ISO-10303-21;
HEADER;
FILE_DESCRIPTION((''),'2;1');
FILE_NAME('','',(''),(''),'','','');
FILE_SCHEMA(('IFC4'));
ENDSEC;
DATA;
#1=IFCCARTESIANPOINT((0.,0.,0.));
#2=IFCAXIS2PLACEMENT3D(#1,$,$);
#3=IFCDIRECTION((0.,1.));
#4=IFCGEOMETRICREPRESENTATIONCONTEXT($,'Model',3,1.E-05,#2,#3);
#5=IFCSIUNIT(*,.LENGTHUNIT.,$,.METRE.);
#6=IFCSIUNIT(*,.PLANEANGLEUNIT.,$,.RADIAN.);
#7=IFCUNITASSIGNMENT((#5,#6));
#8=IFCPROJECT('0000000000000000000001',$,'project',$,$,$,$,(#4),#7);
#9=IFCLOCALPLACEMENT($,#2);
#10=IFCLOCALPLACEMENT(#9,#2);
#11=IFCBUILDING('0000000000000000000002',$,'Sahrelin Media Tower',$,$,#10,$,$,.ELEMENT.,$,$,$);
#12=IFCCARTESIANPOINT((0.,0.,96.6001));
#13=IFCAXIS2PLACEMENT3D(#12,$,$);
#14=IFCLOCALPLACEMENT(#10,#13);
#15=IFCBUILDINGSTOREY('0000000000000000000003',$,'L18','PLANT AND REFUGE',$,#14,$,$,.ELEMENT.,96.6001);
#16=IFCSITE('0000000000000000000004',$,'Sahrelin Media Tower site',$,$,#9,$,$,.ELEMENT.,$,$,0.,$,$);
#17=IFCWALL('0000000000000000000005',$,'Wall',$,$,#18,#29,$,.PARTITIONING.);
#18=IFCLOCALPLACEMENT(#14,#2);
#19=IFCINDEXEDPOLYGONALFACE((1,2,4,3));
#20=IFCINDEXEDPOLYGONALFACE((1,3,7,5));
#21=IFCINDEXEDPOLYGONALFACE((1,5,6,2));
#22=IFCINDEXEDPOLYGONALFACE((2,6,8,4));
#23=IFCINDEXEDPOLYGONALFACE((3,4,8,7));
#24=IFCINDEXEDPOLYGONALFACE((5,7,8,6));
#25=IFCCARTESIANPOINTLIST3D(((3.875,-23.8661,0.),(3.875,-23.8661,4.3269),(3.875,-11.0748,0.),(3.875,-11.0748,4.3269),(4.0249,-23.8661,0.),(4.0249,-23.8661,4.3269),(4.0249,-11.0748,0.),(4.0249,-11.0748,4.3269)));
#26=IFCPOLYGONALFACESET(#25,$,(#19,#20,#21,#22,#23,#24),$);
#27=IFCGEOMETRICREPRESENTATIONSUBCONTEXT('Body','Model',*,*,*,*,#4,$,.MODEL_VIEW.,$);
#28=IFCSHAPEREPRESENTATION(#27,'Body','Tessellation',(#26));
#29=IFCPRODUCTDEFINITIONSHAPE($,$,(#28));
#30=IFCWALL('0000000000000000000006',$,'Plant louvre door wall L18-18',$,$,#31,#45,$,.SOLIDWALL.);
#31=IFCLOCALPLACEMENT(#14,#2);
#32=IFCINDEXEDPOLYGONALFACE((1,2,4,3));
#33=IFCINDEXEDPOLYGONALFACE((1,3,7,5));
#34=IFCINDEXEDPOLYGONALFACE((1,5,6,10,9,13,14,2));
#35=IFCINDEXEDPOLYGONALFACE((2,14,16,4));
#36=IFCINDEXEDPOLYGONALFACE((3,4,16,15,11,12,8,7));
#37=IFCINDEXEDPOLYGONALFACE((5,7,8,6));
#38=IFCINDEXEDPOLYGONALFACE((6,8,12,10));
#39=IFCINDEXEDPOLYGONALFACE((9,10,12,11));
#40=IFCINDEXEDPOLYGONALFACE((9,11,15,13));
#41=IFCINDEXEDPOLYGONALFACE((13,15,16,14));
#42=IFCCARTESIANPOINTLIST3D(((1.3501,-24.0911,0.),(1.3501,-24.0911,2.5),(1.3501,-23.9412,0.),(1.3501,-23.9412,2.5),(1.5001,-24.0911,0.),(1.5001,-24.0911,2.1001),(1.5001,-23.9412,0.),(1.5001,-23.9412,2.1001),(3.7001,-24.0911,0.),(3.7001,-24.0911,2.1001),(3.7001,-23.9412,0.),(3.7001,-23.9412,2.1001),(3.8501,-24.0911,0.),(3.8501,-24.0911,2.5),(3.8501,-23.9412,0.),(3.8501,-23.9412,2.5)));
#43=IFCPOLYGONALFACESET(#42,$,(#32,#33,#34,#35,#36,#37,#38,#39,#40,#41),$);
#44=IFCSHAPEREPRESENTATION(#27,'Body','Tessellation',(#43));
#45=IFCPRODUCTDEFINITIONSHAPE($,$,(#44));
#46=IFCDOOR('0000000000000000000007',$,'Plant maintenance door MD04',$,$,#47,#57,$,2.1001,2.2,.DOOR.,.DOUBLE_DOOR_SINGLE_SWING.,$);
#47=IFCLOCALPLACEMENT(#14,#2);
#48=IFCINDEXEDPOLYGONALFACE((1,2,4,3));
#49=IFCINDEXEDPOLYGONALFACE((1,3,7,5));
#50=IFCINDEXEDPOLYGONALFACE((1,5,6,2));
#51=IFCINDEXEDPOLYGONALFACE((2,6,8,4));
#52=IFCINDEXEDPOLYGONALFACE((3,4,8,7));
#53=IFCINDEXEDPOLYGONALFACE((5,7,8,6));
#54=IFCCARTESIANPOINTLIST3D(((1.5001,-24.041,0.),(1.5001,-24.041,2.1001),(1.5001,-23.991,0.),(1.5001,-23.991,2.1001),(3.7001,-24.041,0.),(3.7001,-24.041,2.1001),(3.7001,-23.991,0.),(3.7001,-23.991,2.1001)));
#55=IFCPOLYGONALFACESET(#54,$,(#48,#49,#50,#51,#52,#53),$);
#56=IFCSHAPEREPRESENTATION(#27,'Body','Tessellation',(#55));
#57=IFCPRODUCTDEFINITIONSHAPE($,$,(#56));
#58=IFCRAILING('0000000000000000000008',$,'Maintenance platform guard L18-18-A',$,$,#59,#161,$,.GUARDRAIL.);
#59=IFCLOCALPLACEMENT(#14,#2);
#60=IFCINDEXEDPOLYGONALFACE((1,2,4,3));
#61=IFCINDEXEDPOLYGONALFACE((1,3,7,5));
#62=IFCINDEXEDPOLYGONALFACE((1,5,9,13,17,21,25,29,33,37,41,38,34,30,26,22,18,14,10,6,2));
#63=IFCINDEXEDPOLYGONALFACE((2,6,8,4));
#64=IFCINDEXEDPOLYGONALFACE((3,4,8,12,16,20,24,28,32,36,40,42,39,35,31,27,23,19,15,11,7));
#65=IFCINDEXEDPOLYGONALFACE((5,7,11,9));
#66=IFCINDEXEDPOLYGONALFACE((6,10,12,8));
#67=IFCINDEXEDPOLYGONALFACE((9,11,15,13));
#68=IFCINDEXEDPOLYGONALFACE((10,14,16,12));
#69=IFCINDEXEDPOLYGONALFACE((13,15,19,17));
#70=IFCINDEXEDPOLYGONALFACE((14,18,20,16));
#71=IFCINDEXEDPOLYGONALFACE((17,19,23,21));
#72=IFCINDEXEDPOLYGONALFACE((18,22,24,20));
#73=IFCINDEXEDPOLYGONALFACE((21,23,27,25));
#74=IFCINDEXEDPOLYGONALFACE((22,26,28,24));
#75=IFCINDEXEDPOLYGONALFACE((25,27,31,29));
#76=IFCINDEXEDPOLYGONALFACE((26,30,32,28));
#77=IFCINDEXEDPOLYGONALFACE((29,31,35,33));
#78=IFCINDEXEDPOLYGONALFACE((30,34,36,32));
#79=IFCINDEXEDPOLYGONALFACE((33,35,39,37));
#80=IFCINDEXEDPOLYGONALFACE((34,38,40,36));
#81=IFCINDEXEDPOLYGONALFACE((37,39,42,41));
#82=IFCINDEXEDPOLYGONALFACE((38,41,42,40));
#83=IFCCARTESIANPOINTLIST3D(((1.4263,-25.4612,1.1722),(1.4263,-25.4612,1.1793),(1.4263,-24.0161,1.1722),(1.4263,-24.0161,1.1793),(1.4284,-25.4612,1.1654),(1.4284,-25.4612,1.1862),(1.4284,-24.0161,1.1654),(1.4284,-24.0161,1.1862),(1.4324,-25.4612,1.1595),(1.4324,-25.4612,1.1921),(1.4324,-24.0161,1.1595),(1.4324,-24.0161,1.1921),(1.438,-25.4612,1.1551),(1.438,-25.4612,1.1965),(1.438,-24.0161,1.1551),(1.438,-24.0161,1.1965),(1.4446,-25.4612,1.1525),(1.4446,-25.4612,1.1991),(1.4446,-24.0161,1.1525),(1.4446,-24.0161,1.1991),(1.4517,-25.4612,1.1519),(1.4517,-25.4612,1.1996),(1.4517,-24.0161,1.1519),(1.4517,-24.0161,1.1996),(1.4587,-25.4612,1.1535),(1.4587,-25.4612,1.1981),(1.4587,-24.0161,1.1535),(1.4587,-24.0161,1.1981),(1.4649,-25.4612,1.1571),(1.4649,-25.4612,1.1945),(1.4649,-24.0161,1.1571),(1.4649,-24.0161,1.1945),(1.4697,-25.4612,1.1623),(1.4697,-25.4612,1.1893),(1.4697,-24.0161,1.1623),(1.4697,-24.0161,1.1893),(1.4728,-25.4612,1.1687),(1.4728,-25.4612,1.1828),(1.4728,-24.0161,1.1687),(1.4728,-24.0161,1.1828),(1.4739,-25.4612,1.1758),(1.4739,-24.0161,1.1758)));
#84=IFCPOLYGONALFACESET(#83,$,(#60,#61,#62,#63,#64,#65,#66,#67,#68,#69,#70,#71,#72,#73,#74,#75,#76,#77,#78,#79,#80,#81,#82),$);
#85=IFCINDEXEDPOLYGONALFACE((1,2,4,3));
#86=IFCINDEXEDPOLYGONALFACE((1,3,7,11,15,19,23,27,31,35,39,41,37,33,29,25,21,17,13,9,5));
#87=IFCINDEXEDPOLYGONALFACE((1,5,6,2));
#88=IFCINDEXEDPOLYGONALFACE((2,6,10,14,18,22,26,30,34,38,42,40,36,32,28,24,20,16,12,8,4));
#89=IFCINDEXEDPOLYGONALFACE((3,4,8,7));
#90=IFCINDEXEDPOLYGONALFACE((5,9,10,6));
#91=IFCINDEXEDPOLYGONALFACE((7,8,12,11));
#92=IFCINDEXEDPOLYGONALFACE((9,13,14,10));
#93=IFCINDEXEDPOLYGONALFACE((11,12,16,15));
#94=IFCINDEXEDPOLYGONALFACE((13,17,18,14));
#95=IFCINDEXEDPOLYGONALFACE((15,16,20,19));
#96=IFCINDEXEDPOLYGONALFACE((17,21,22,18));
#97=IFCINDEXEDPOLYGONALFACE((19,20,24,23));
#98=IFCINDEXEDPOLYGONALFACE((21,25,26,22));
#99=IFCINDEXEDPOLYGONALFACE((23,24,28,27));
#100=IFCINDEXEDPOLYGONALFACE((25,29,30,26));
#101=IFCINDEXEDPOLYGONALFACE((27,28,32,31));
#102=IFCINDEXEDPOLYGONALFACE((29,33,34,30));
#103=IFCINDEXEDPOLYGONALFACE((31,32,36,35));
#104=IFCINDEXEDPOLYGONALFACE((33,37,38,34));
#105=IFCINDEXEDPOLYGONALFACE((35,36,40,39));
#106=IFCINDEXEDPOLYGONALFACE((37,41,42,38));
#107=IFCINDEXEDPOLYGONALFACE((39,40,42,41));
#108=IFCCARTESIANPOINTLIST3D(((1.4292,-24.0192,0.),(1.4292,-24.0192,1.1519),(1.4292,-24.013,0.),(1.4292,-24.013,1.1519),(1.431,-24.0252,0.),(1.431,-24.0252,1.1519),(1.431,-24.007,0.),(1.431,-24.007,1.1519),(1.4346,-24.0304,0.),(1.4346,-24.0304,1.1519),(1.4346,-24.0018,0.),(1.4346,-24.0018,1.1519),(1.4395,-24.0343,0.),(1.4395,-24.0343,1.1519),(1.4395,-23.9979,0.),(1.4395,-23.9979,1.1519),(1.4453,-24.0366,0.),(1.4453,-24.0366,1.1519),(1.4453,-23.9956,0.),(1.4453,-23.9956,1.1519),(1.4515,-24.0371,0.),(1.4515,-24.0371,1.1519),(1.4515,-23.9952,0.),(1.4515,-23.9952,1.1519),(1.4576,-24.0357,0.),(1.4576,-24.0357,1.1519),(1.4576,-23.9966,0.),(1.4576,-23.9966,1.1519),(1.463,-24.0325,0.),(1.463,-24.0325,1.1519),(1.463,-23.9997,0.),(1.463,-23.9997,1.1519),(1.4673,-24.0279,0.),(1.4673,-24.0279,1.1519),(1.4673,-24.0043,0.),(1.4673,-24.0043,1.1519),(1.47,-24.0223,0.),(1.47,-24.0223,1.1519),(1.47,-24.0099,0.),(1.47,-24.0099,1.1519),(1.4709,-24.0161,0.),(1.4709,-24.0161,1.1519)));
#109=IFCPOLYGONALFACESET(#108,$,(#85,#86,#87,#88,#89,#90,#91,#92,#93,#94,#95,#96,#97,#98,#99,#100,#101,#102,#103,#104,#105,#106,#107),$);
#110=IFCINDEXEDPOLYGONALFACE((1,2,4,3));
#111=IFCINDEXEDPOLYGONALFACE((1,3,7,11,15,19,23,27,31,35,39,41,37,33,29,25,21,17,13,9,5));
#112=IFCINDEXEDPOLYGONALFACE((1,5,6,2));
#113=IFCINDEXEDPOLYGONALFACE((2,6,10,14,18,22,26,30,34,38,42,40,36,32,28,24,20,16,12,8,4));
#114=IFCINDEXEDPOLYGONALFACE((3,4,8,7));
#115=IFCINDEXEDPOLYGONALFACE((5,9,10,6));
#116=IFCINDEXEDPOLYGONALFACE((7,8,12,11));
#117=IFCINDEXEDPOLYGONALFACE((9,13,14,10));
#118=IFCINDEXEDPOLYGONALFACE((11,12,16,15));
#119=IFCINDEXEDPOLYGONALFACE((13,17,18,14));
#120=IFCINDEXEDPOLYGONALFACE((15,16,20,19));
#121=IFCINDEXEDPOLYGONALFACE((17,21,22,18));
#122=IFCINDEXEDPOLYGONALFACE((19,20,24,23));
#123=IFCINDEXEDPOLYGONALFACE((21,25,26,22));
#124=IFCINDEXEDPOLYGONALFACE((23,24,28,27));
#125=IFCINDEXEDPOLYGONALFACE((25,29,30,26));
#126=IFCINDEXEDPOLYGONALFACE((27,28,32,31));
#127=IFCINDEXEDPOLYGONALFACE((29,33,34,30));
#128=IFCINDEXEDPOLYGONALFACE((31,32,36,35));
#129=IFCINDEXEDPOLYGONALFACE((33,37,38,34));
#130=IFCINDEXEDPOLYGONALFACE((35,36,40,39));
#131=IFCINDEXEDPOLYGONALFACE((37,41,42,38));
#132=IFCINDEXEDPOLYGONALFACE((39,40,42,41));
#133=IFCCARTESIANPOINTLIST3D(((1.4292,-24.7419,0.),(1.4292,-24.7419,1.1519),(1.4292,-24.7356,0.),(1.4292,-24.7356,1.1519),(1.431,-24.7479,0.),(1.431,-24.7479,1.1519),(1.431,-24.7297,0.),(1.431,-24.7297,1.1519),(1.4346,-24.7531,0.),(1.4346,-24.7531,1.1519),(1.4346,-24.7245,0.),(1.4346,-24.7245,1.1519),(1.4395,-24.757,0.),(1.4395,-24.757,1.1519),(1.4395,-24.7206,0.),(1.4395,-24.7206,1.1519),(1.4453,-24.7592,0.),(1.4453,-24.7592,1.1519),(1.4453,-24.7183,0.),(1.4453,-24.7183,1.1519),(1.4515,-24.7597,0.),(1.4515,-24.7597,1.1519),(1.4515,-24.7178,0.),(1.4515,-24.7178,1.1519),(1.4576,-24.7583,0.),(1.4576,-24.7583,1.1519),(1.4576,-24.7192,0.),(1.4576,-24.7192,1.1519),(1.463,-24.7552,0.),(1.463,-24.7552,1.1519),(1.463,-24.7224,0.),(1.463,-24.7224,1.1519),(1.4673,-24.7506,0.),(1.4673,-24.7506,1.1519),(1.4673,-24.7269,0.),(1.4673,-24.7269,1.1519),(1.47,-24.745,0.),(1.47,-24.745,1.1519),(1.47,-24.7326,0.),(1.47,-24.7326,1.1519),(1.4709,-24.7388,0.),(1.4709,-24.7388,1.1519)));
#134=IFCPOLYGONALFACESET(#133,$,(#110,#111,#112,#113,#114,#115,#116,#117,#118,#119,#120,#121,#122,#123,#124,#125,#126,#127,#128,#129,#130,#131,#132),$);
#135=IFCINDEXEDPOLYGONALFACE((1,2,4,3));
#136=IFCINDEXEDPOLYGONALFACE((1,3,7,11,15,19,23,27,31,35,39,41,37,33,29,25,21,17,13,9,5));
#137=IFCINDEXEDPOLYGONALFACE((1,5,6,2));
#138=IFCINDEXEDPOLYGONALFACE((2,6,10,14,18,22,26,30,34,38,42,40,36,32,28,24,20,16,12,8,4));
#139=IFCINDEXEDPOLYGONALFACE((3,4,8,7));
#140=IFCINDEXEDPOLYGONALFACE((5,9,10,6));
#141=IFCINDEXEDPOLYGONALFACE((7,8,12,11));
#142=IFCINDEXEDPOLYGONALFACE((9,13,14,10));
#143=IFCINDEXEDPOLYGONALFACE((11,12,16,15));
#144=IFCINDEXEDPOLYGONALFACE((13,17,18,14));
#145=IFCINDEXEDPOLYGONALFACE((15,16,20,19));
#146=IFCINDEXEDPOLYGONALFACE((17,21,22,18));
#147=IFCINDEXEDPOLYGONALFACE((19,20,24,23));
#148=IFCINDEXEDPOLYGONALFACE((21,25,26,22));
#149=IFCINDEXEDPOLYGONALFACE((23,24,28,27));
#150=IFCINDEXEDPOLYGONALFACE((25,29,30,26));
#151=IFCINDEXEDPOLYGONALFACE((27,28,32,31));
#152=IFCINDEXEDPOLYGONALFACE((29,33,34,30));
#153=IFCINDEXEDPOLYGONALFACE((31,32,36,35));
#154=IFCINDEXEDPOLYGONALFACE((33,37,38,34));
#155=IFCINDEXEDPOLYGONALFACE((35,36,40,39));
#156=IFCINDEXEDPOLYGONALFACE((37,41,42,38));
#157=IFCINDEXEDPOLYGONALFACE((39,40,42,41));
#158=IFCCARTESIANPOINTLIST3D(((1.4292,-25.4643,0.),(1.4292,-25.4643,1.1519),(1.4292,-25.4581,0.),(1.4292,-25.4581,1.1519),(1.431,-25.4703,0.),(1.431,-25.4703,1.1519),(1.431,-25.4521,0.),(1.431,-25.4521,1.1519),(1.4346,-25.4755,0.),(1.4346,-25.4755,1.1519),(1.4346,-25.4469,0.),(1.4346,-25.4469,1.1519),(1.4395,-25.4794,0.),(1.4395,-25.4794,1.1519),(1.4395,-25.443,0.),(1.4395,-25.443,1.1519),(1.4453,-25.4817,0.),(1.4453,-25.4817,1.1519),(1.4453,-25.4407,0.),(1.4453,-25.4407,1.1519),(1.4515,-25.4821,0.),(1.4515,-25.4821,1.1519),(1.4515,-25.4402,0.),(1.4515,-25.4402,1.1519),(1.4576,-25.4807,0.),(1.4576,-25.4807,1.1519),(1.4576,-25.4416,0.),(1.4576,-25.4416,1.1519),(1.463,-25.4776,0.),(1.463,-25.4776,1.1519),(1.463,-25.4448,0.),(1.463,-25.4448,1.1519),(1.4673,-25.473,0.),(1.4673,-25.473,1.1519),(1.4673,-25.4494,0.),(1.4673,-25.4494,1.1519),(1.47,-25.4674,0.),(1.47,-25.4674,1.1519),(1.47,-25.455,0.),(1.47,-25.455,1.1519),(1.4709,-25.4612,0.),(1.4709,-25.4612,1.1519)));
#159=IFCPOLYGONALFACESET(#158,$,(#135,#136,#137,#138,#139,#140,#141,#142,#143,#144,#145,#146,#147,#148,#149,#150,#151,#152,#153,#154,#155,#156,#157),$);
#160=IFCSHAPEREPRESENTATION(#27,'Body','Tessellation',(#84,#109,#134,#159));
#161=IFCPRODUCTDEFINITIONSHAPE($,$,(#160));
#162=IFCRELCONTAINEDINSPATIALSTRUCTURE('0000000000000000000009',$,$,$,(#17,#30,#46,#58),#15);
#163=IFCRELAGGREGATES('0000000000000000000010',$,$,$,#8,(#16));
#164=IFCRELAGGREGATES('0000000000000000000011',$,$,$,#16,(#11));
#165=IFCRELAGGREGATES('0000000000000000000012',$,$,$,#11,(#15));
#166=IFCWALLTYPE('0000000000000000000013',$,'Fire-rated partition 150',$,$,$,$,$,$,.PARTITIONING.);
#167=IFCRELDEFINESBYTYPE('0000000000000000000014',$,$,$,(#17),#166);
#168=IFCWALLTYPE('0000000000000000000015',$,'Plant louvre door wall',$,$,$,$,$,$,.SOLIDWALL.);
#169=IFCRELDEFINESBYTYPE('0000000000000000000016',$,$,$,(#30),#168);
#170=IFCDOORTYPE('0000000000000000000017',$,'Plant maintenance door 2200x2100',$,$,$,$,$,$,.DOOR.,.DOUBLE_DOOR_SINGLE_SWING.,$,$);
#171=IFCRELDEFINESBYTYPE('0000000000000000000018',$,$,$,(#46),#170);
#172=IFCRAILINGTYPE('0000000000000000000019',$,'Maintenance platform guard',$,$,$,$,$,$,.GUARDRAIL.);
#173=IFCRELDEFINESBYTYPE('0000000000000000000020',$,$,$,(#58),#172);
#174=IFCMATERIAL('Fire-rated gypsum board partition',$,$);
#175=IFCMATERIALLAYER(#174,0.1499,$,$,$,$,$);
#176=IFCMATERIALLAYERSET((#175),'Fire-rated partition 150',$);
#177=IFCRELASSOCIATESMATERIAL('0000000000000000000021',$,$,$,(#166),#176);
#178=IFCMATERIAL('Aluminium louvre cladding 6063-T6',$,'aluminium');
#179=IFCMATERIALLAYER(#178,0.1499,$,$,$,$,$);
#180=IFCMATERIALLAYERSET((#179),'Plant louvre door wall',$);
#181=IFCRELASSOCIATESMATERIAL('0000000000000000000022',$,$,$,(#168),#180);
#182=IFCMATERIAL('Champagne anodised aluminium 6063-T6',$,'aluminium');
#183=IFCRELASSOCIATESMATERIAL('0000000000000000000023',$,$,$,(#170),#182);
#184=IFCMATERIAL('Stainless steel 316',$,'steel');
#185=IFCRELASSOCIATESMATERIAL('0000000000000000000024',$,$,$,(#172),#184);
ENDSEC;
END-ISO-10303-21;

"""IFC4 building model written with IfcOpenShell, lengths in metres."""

from ifc_helpers import new_model, si_unit, direction, frame, frame_2d, origin, origin_2d, place, context, subcontext, project, spatial, rectangle, circle, extrude, material, layer, layer_set, type_object, element, fill, save


model = new_model("IFC4")

# Units and contexts
model_context = context("Model", 3, precision=1e-05, world=origin(), true_north=direction((0.0, 1.0)))
body_context = subcontext(model_context, "Body", "Model", "MODEL_VIEW")
ifc_project = project(units=[si_unit("LENGTHUNIT", "METRE"), si_unit("PLANEANGLEUNIT", "RADIAN")], contexts=[model_context])

# Site, building, storey
site_placement = place(None, origin())
site = spatial("IfcSite", under=ifc_project, at=site_placement, Name="Sahrelin Media Tower site", CompositionType="ELEMENT", RefElevation=0.0)
building_placement = place(site_placement, origin())
building = spatial("IfcBuilding", under=site, at=building_placement, Name="Sahrelin Media Tower", CompositionType="ELEMENT")
storey_placement = place(building_placement, frame((0.0, 0.0, 96.6001)))
storey = spatial("IfcBuildingStorey", under=building, at=storey_placement, Name="L18", Description="PLANT AND REFUGE", CompositionType="ELEMENT", Elevation=96.6001)

# Shared definitions
ifc_material_1 = material(Name="Fire-rated gypsum board partition")

# Wall
ifc_layer_1 = layer(ifc_material_1, 0.1499)
ifc_layer_set_1 = layer_set([ifc_layer_1], Name="Fire-rated partition 150")
wall_type_1 = type_object("IfcWallType", Name="Fire-rated partition 150", PredefinedType="PARTITIONING", material=ifc_layer_set_1)
wall_1_placement = place(storey_placement, frame((3.95, -11.075, 0.0), z_axis=(0.0, 0.0, 1.0), x_axis=(0.0, -1.0, 0.0)))
element("IfcWall", 1, at=wall_1_placement, inside=storey, type_object=wall_type_1, Name="Wall", PredefinedType="PARTITIONING", context=body_context, shape_type="SweptSolid", body=[
    extrude(rectangle(XDim=12.7913, YDim=0.1499, at=frame_2d((6.3955, 0.0))), origin(), (0.0, 0.0, 1.0), 4.3269),
])

# Wall, opening, door
ifc_material_2 = material(Name="Aluminium louvre cladding 6063-T6", Category="aluminium")
ifc_layer_2 = layer(ifc_material_2, 0.1499)
ifc_layer_set_2 = layer_set([ifc_layer_2], Name="Plant louvre door wall")
wall_type_2 = type_object("IfcWallType", Name="Plant louvre door wall", PredefinedType="SOLIDWALL", material=ifc_layer_set_2)
wall_2_placement = place(storey_placement, frame((3.8501, -24.0161, 0.0), z_axis=(0.0, 0.0, 1.0), x_axis=(-1.0, 0.0, 0.0)))
wall_2 = element("IfcWall", 2, at=wall_2_placement, inside=storey, type_object=wall_type_2, Name="Plant louvre door wall L18-18", PredefinedType="SOLIDWALL", context=body_context, shape_type="SweptSolid", body=[
    extrude(rectangle(XDim=2.5, YDim=0.1499, at=frame_2d((1.25, 0.0))), origin(), (0.0, 0.0, 1.0), 2.5),
])
opening_1_placement = place(wall_2_placement, frame((0.1499, 0.0, 0.0)))
opening_1 = element("IfcOpeningElement", 3, at=opening_1_placement, cuts=wall_2, PredefinedType="OPENING", context=body_context, shape_type="SweptSolid", body=[
    extrude(rectangle(XDim=2.2, YDim=2.1001, at=frame_2d((1.1001, 1.05))), frame((0.0, 0.075, 0.0), z_axis=(0.0, -1.0, 0.0), x_axis=(1.0, 0.0, 0.0)), (0.0, 0.0, 1.0), 0.1499),
])
ifc_material_3 = material(Name="Champagne anodised aluminium 6063-T6", Category="aluminium")
door_type_1 = type_object("IfcDoorType", Name="Plant maintenance door 2200x2100", OperationType="DOUBLE_DOOR_SINGLE_SWING", PredefinedType="DOOR", material=ifc_material_3)
door_1_placement = place(opening_1_placement, origin())
door_1 = element("IfcDoor", 4, at=door_1_placement, inside=storey, type_object=door_type_1, Name="Plant maintenance door MD04", OperationType="DOUBLE_DOOR_SINGLE_SWING", OverallHeight=2.1001, OverallWidth=2.2, PredefinedType="DOOR", context=body_context, shape_type="SweptSolid", body=[
    extrude(rectangle(XDim=2.2, YDim=2.1001, at=frame_2d((1.1001, 1.05))), frame((0.0, 0.0249, 0.0), z_axis=(0.0, -1.0, 0.0), x_axis=(1.0, 0.0, 0.0)), (0.0, 0.0, 1.0), 0.05),
])
fill(opening_1, door_1)

# Railing
ifc_material_4 = material(Name="Stainless steel 316", Category="steel")
railing_type = type_object("IfcRailingType", Name="Maintenance platform guard", PredefinedType="GUARDRAIL", material=ifc_material_4)
for number, where, name in (
    (5, (1.45, -24.0161, 0.0), "Maintenance platform guard L18-18-A"),
):
    element("IfcRailing", number, at=place(storey_placement, frame(where)), inside=storey, type_object=railing_type, Name=name, PredefinedType="GUARDRAIL", context=body_context, shape_type="SweptSolid", body=[
        extrude(circle(Radius=0.0239, at=origin_2d()), frame((0.0, 0.0, 1.1758), z_axis=(0.0, -1.0, 0.0), x_axis=(1.0, 0.0, 0.0)), (0.0, 0.0, 1.0), 1.4451),
        extrude(circle(Radius=0.021, at=origin_2d()), origin(), (0.0, 0.0, 1.0), 1.1519),
        extrude(circle(Radius=0.021, at=origin_2d()), frame((0.0, -0.7227, 0.0)), (0.0, 0.0, 1.0), 1.1519),
        extrude(circle(Radius=0.021, at=origin_2d()), frame((0.0, -1.4451, 0.0)), (0.0, 0.0, 1.0), 1.1519),
    ])

save(model, "model.ifc")
